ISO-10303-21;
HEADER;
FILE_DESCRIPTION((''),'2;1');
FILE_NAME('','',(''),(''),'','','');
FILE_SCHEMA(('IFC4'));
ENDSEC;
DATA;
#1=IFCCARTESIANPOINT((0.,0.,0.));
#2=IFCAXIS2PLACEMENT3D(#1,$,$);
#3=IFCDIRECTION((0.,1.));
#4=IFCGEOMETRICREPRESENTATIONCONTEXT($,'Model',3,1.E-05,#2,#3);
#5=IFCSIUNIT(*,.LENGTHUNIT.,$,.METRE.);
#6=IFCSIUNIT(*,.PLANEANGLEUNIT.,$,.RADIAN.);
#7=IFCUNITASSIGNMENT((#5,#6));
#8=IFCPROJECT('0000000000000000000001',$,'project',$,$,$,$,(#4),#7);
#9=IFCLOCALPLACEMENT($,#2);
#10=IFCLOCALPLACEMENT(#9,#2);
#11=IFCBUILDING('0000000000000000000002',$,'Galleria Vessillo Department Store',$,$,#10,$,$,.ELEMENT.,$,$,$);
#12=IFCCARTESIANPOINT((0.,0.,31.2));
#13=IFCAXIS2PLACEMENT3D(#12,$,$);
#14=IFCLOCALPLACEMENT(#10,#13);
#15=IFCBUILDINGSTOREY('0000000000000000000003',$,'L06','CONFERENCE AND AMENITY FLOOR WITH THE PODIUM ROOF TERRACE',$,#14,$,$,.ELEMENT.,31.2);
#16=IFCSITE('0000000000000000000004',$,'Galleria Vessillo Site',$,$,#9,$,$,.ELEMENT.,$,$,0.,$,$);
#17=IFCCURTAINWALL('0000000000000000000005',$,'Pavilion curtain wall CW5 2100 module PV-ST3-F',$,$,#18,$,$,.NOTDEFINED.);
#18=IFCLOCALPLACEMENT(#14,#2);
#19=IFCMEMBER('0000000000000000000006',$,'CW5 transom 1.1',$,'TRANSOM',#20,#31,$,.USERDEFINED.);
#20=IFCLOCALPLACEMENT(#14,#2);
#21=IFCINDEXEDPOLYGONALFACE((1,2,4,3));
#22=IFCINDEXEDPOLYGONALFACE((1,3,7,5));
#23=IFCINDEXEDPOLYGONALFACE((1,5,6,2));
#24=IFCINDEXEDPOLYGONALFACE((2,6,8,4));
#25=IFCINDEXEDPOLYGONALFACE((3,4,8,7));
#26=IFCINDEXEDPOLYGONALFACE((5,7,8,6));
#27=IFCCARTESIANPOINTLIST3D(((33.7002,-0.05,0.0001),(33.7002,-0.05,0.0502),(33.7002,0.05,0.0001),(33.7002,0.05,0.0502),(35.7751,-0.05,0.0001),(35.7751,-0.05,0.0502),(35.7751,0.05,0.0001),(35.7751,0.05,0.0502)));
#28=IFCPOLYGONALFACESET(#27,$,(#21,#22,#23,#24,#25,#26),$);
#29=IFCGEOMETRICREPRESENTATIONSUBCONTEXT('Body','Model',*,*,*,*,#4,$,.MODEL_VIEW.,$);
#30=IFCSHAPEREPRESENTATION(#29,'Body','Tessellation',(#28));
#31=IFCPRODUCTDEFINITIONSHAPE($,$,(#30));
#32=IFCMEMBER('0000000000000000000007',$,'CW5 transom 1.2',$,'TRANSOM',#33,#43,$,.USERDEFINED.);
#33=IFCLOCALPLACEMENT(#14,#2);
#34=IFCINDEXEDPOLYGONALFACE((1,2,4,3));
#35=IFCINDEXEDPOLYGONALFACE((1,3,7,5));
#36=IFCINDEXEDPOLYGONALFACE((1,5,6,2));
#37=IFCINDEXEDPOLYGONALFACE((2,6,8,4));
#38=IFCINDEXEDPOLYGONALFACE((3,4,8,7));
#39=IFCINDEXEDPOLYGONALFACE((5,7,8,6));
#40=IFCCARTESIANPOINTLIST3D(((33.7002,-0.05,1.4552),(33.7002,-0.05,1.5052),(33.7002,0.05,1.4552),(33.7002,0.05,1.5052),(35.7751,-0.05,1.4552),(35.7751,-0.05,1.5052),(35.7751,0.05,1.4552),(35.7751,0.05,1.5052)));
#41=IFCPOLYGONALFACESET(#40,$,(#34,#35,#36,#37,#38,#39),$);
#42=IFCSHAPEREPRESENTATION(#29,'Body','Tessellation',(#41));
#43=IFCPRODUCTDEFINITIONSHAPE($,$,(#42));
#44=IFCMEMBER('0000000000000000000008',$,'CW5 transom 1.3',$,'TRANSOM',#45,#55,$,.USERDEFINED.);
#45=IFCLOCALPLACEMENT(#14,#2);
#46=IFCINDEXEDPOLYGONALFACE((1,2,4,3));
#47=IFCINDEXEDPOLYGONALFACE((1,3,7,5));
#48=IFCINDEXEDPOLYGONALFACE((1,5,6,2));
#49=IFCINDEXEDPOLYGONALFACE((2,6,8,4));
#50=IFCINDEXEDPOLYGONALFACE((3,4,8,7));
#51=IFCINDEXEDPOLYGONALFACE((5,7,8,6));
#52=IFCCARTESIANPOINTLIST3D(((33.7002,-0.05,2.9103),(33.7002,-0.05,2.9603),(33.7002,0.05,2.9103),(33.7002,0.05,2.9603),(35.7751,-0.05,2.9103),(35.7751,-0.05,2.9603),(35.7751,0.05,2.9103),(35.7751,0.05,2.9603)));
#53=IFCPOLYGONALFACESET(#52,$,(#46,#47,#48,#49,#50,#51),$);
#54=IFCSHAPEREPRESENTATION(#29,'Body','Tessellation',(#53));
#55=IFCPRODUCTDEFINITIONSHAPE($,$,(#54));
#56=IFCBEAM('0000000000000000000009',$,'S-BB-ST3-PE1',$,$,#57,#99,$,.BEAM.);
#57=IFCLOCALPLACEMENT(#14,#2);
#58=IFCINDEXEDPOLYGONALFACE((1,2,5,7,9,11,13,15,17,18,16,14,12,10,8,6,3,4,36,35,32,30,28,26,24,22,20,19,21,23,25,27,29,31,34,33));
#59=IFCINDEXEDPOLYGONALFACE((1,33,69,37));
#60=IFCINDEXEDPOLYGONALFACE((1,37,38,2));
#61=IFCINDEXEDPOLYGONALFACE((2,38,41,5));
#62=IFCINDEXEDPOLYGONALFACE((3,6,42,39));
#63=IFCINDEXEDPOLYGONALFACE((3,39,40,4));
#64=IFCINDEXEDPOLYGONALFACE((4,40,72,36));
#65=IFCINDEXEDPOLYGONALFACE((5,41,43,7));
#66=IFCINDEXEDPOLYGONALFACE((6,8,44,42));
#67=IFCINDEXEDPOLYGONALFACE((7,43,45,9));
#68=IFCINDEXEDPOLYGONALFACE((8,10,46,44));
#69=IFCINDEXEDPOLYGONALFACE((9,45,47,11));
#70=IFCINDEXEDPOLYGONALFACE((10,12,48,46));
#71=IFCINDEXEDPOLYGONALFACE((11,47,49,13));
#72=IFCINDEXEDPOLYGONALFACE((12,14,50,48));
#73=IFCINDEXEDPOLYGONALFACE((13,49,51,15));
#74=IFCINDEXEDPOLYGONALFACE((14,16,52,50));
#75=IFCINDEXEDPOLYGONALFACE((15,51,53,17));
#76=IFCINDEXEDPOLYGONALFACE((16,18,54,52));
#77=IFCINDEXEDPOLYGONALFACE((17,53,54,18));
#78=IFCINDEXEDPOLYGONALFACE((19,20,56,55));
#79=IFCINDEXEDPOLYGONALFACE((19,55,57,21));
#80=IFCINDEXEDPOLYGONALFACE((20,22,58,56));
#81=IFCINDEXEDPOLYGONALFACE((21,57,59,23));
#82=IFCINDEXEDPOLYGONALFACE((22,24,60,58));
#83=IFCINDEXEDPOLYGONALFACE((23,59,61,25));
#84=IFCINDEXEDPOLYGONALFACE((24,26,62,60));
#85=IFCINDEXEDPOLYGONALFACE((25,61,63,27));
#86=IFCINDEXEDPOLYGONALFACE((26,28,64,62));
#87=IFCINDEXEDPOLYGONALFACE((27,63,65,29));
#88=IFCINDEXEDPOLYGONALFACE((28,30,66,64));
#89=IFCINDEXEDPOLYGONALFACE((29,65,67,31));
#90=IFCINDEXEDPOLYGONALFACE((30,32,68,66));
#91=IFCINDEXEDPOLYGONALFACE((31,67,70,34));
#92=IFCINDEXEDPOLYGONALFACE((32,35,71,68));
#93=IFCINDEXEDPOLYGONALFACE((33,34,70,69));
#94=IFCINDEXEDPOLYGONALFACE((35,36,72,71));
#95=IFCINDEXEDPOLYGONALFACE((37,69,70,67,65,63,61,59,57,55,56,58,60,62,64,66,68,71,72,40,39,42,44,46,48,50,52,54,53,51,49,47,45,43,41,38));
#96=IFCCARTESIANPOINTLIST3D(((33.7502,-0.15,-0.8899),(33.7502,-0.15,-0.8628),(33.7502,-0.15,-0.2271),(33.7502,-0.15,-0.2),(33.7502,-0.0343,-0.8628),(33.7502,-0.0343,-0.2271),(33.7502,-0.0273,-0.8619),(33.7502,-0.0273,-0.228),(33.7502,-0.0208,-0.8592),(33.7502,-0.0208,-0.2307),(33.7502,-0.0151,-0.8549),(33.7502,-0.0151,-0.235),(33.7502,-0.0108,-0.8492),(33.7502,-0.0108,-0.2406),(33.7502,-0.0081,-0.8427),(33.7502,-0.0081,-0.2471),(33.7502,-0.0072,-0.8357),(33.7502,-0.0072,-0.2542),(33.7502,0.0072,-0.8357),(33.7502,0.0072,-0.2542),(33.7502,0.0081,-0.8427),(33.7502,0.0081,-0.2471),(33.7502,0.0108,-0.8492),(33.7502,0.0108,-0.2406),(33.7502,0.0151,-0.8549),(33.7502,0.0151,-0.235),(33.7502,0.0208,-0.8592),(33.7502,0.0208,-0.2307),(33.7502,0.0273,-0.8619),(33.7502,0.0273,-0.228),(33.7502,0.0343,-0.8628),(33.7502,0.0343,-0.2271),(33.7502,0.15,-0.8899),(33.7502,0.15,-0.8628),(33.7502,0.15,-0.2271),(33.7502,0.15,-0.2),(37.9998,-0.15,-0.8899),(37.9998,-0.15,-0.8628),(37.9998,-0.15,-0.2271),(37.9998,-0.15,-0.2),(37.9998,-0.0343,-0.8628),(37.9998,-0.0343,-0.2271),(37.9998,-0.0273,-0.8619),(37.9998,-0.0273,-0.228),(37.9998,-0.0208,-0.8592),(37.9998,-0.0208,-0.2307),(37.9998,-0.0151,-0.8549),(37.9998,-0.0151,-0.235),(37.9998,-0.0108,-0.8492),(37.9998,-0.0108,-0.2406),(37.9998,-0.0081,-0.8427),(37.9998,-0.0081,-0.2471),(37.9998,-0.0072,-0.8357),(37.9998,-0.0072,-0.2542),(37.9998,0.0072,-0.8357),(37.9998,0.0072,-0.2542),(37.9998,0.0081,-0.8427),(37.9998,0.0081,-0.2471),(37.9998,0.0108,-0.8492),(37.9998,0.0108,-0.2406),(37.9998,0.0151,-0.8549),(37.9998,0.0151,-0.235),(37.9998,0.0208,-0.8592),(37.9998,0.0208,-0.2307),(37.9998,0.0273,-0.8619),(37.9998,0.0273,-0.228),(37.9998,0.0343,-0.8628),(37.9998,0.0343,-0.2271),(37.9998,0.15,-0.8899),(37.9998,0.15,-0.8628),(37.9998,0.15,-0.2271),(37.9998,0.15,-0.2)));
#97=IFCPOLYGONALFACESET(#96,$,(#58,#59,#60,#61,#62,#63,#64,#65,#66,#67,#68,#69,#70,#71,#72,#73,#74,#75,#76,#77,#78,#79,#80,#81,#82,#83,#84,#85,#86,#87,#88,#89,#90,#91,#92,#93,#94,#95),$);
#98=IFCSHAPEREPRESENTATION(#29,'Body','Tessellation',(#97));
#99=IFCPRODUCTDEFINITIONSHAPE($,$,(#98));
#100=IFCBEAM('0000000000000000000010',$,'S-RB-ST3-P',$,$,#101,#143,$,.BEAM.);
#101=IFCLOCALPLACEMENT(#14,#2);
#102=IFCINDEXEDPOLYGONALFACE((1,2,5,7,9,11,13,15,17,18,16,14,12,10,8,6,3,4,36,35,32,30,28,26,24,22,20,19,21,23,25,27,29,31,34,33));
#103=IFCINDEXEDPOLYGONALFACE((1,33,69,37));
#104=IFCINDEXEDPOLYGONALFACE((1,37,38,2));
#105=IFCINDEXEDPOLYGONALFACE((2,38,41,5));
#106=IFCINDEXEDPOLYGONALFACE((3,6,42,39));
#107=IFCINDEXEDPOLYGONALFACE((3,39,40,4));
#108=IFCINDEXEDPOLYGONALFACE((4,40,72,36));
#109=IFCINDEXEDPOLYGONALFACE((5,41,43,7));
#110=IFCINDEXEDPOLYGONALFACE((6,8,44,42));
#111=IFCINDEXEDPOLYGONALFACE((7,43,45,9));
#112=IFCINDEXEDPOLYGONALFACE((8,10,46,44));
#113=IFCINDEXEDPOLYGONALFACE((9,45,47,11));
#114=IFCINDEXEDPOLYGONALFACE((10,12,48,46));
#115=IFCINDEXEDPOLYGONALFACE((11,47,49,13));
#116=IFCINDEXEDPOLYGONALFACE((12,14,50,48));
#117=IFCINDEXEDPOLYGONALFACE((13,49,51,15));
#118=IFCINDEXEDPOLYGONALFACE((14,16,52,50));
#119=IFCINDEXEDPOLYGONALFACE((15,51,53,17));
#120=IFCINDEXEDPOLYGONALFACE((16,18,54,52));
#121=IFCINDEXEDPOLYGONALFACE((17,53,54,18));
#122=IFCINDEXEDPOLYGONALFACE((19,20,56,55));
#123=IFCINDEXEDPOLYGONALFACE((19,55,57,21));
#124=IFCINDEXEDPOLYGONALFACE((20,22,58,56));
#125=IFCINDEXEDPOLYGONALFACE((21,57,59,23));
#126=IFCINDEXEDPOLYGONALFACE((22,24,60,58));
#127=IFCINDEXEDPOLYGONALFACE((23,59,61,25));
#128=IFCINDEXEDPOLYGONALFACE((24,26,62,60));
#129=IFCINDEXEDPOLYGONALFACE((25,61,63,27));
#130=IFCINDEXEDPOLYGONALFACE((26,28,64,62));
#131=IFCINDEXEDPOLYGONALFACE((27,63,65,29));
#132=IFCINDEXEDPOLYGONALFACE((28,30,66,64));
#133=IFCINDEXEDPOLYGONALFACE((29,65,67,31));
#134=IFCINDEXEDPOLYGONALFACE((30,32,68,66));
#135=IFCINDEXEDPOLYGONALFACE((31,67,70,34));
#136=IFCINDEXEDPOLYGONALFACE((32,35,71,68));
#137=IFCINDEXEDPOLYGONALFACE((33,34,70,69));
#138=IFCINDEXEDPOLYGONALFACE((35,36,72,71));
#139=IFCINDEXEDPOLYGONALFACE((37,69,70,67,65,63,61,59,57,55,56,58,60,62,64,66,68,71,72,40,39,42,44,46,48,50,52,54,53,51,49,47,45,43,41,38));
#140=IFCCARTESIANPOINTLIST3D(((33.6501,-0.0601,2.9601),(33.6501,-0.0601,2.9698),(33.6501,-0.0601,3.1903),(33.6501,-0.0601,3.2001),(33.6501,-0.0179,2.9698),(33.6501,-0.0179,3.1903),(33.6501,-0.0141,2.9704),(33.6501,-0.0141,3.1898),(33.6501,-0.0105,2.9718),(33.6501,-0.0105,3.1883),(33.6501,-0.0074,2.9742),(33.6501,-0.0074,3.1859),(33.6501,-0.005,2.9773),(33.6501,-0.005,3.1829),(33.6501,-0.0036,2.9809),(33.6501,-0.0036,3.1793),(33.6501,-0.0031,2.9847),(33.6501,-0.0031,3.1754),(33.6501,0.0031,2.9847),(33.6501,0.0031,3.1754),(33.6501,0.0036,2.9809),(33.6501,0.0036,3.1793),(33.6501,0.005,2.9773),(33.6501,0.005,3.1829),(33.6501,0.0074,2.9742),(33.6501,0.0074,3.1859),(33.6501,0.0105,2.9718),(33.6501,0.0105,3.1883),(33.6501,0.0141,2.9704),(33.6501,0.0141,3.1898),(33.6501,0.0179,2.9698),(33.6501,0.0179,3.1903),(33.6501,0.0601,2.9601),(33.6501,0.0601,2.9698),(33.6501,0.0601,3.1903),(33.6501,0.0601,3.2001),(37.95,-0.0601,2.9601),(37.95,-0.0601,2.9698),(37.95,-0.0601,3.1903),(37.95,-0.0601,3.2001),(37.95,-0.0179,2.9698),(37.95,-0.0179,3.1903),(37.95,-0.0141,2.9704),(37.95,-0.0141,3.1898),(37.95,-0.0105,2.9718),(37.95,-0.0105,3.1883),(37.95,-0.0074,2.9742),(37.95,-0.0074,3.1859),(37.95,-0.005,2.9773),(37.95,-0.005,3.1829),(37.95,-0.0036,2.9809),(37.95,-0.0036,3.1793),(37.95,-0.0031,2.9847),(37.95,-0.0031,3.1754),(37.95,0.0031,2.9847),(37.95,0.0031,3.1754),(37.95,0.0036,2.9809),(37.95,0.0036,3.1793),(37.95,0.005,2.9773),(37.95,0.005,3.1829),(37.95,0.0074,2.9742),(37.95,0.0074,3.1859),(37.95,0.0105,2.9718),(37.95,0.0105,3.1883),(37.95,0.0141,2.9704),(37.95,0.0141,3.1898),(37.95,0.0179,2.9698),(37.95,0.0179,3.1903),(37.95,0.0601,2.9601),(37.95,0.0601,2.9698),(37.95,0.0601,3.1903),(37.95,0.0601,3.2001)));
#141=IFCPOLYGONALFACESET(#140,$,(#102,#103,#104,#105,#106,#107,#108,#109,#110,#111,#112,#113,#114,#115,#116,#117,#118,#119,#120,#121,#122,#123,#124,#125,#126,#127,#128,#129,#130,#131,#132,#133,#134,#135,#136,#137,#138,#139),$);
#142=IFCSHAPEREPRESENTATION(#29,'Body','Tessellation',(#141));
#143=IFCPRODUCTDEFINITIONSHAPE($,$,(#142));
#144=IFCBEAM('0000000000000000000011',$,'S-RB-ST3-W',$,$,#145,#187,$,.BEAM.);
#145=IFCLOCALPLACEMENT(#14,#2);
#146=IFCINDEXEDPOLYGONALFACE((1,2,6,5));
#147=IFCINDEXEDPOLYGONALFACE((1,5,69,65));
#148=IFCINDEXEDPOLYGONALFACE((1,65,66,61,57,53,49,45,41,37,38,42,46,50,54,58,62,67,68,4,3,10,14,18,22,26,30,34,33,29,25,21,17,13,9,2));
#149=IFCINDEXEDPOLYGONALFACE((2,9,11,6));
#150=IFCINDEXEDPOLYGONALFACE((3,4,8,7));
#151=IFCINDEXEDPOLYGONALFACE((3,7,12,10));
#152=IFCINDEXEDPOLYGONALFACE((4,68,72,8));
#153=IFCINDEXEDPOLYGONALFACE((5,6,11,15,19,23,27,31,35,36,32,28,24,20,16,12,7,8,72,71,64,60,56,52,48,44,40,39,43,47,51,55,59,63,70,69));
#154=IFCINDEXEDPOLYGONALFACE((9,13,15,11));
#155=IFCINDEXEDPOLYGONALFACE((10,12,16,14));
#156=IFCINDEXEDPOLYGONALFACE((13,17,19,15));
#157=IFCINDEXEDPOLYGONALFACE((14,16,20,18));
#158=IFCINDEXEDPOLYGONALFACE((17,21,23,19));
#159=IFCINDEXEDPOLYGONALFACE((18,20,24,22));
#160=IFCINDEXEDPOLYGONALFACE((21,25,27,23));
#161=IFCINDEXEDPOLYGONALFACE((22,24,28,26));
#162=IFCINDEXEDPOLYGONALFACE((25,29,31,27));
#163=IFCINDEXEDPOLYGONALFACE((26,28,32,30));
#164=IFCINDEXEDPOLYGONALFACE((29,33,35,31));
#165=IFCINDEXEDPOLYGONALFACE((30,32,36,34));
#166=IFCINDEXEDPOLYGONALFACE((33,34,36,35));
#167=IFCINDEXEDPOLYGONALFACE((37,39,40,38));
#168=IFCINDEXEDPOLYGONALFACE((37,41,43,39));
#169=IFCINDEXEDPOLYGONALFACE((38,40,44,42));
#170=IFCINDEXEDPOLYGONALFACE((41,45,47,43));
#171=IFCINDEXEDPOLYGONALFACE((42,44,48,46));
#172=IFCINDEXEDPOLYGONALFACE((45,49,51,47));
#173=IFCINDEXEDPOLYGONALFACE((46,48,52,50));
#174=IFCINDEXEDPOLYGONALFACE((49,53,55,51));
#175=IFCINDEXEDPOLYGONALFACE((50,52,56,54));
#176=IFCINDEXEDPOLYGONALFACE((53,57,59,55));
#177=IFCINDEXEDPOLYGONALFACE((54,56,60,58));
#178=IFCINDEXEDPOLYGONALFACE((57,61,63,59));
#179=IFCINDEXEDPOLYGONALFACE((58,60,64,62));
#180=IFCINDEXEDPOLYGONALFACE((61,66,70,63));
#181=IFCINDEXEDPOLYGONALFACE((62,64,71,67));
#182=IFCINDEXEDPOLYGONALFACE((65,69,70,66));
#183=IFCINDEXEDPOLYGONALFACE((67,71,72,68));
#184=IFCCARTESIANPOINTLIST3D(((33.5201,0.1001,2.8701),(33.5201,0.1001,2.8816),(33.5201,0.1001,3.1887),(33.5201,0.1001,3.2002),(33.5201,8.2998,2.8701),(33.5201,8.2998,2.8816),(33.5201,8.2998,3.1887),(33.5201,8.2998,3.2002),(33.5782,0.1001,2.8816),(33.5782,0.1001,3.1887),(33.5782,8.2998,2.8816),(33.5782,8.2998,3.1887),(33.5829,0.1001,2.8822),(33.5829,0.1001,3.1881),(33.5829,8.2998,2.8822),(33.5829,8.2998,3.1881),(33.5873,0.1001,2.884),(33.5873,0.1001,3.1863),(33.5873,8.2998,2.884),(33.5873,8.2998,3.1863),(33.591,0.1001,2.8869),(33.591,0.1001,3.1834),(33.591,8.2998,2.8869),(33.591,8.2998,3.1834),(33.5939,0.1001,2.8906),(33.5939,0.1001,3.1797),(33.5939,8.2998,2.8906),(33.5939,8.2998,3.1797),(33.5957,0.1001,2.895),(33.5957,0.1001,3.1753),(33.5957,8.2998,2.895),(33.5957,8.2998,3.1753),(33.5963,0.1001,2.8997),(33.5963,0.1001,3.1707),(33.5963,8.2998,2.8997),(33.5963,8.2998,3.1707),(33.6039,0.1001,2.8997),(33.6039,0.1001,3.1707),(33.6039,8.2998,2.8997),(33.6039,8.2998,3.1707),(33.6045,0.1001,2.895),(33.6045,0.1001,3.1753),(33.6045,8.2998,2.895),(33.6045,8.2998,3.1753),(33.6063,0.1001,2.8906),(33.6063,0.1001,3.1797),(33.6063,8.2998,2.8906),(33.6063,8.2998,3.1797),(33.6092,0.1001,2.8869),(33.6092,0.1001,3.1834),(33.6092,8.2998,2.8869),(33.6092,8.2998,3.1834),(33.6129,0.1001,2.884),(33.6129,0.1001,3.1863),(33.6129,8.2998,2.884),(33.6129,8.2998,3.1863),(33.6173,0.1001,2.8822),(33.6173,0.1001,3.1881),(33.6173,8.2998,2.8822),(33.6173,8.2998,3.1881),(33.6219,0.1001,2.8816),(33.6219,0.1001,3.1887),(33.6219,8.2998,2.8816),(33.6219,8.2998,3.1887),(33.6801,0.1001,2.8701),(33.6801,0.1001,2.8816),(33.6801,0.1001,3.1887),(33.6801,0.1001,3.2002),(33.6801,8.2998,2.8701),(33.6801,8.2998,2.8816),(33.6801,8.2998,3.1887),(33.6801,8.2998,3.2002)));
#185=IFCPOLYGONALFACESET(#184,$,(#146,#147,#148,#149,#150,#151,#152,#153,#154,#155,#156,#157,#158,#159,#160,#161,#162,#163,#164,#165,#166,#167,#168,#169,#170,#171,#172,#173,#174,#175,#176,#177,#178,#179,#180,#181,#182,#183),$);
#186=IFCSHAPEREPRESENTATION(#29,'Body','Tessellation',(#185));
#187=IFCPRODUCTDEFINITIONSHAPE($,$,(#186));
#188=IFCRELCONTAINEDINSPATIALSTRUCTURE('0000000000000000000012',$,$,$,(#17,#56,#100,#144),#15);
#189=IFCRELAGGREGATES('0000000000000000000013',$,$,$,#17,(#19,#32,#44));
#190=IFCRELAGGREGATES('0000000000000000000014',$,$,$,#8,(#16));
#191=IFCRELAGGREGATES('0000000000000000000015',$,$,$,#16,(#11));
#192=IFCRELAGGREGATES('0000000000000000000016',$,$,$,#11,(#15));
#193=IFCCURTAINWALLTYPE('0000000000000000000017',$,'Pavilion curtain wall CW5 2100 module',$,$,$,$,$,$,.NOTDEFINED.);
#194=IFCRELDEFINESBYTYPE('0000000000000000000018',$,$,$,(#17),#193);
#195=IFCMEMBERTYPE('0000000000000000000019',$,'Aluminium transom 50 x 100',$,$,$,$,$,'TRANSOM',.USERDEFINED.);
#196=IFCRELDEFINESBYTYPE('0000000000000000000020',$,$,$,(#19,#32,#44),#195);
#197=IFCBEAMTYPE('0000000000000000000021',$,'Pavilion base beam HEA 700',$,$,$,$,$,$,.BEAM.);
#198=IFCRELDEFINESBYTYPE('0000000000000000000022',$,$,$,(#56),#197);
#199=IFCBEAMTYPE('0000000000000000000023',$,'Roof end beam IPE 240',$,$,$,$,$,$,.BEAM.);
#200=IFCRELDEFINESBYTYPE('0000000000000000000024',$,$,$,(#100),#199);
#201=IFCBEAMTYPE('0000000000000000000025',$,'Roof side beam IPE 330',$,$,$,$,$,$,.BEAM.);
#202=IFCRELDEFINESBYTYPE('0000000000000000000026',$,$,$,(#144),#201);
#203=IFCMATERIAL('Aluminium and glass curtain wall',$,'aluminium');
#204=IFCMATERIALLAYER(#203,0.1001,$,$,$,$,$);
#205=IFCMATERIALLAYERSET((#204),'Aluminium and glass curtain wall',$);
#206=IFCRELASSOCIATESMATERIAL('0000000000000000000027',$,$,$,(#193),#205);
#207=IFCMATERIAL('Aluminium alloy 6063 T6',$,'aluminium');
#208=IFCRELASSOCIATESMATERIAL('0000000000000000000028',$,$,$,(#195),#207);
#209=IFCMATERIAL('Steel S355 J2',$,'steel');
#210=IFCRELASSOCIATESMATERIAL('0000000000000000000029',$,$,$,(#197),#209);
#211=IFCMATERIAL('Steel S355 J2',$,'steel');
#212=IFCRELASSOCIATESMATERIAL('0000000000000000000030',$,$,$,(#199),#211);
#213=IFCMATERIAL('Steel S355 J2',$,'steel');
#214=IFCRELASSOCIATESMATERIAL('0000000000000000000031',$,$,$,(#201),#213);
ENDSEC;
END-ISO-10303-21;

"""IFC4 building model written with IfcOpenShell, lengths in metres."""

from ifc_helpers import new_model, si_unit, direction, frame, origin, origin_2d, place, context, subcontext, project, spatial, rectangle, i_section, extrude, material, layer, layer_set, material_profile, profile_set, type_object, element, aggregate, save


model = new_model("IFC4")

# Units and contexts
model_context = context("Model", 3, precision=1e-05, world=origin(), true_north=direction((0.0, 1.0)))
body_context = subcontext(model_context, "Body", "Model", "MODEL_VIEW")
ifc_project = project(units=[si_unit("LENGTHUNIT", "METRE"), si_unit("PLANEANGLEUNIT", "RADIAN")], contexts=[model_context])

# Site, building, storey
site_placement = place(None, origin())
site = spatial("IfcSite", under=ifc_project, at=site_placement, Name="Galleria Vessillo Site", CompositionType="ELEMENT", RefElevation=0.0)
building_placement = place(site_placement, origin())
building = spatial("IfcBuilding", under=site, at=building_placement, Name="Galleria Vessillo Department Store", CompositionType="ELEMENT")
storey_placement = place(building_placement, frame((0.0, 0.0, 31.2)))
storey = spatial("IfcBuildingStorey", under=building, at=storey_placement, Name="L06", Description="CONFERENCE AND AMENITY FLOOR WITH THE PODIUM ROOF TERRACE", CompositionType="ELEMENT", Elevation=31.2)

# Shared definitions
ifc_material_1 = material(Name="Aluminium and glass curtain wall", Category="aluminium")
ifc_layer_1 = layer(ifc_material_1, 0.1001)
ifc_layer_set_1 = layer_set([ifc_layer_1], Name="Aluminium and glass curtain wall")
curtain_wall_type = type_object("IfcCurtainWallType", Name="Pavilion curtain wall CW5 2100 module", PredefinedType="NOTDEFINED", material=ifc_layer_set_1)

# Curtain wall
curtain_wall_1_placement = place(storey_placement, origin())
curtain_wall_1 = element("IfcCurtainWall", 1, at=curtain_wall_1_placement, inside=storey, type_object=curtain_wall_type, Name="Pavilion curtain wall CW5 2100 module PV-ST3-F", PredefinedType="NOTDEFINED")

# Members
ifc_material_2 = material(Name="Aluminium alloy 6063 T6", Category="aluminium")
ifc_material_profile_1 = material_profile(ifc_material_2, rectangle(XDim=0.1001, YDim=0.05, at=origin_2d()), Name="AL 50x100")
ifc_profile_set_1 = profile_set([ifc_material_profile_1], Name="Aluminium alloy 6063 T6")
member_type_1 = type_object("IfcMemberType", Name="Aluminium transom 50 x 100", ElementType="TRANSOM", PredefinedType="USERDEFINED", material=ifc_profile_set_1)
member_1_placement = place(storey_placement, frame((33.7002, 0.0, 0.0251), z_axis=(1.0, 0.0, 0.0), x_axis=(0.0, 1.0, 0.0)))
member_1 = element("IfcMember", 2, at=member_1_placement, type_object=member_type_1, Name="CW5 transom 1.1", ObjectType="TRANSOM", PredefinedType="USERDEFINED", context=body_context, shape_type="SweptSolid", body=[
    extrude(rectangle(XDim=0.1001, YDim=0.05, at=origin_2d()), origin(), (0.0, 0.0, 1.0), 2.075),
])
member_2_placement = place(storey_placement, frame((33.7002, 0.0, 1.4802), z_axis=(1.0, 0.0, 0.0), x_axis=(0.0, 1.0, 0.0)))
member_2 = element("IfcMember", 3, at=member_2_placement, type_object=member_type_1, Name="CW5 transom 1.2", ObjectType="TRANSOM", PredefinedType="USERDEFINED", context=body_context, shape_type="SweptSolid", body=[
    extrude(rectangle(XDim=0.1001, YDim=0.05, at=origin_2d()), origin(), (0.0, 0.0, 1.0), 2.075),
])
member_3_placement = place(storey_placement, frame((33.7002, 0.0, 2.9353), z_axis=(1.0, 0.0, 0.0), x_axis=(0.0, 1.0, 0.0)))
member_3 = element("IfcMember", 4, at=member_3_placement, type_object=member_type_1, Name="CW5 transom 1.3", ObjectType="TRANSOM", PredefinedType="USERDEFINED", context=body_context, shape_type="SweptSolid", body=[
    extrude(rectangle(XDim=0.1001, YDim=0.05, at=origin_2d()), origin(), (0.0, 0.0, 1.0), 2.075),
])

# Beams
ifc_material_3 = material(Name="Steel S355 J2", Category="steel")
ifc_material_profile_2 = material_profile(ifc_material_3, i_section(OverallWidth=0.3, OverallDepth=0.6899, WebThickness=0.0144, FlangeThickness=0.0271, FilletRadius=0.0271, at=origin_2d()), Name="HEA 700")
ifc_profile_set_2 = profile_set([ifc_material_profile_2], Name="Steel S355 J2")
beam_type_1 = type_object("IfcBeamType", Name="Pavilion base beam HEA 700", PredefinedType="BEAM", material=ifc_profile_set_2)
beam_1_placement = place(storey_placement, frame((33.7502, 0.0, -0.5449), z_axis=(1.0, 0.0, 0.0), x_axis=(0.0, 1.0, 0.0)))
element("IfcBeam", 5, at=beam_1_placement, inside=storey, type_object=beam_type_1, Name="S-BB-ST3-PE1", PredefinedType="BEAM", context=body_context, shape_type="SweptSolid", body=[
    extrude(i_section(OverallWidth=0.3, OverallDepth=0.6899, WebThickness=0.0144, FlangeThickness=0.0271, FilletRadius=0.0271, at=origin_2d()), origin(), (0.0, 0.0, 1.0), 4.2495),
])
ifc_material_4 = material(Name="Steel S355 J2", Category="steel")
ifc_material_profile_3 = material_profile(ifc_material_4, i_section(OverallWidth=0.1201, OverallDepth=0.24, WebThickness=0.0061, FlangeThickness=0.0098, FilletRadius=0.0149, at=origin_2d()), Name="IPE 240")
ifc_profile_set_3 = profile_set([ifc_material_profile_3], Name="Steel S355 J2")
beam_type_2 = type_object("IfcBeamType", Name="Roof end beam IPE 240", PredefinedType="BEAM", material=ifc_profile_set_3)
beam_2_placement = place(storey_placement, frame((33.6501, 0.0, 3.0801), z_axis=(1.0, 0.0, 0.0), x_axis=(0.0, 1.0, 0.0)))
element("IfcBeam", 6, at=beam_2_placement, inside=storey, type_object=beam_type_2, Name="S-RB-ST3-P", PredefinedType="BEAM", context=body_context, shape_type="SweptSolid", body=[
    extrude(i_section(OverallWidth=0.1201, OverallDepth=0.24, WebThickness=0.0061, FlangeThickness=0.0098, FilletRadius=0.0149, at=origin_2d()), origin(), (0.0, 0.0, 1.0), 4.2998),
])
ifc_material_5 = material(Name="Steel S355 J2", Category="steel")
ifc_material_profile_4 = material_profile(ifc_material_5, i_section(OverallWidth=0.1599, OverallDepth=0.3301, WebThickness=0.0076, FlangeThickness=0.0115, FilletRadius=0.0181, at=origin_2d()), Name="IPE 330")
ifc_profile_set_4 = profile_set([ifc_material_profile_4], Name="Steel S355 J2")
beam_type_3 = type_object("IfcBeamType", Name="Roof side beam IPE 330", PredefinedType="BEAM", material=ifc_profile_set_4)
beam_3_placement = place(storey_placement, frame((33.6001, 0.1001, 3.0352), z_axis=(0.0, 1.0, 0.0), x_axis=(-1.0, 0.0, 0.0)))
element("IfcBeam", 7, at=beam_3_placement, inside=storey, type_object=beam_type_3, Name="S-RB-ST3-W", PredefinedType="BEAM", context=body_context, shape_type="SweptSolid", body=[
    extrude(i_section(OverallWidth=0.1599, OverallDepth=0.3301, WebThickness=0.0076, FlangeThickness=0.0115, FilletRadius=0.0181, at=origin_2d()), origin(), (0.0, 0.0, 1.0), 8.1997),
])

aggregate(curtain_wall_1, [member_1, member_2, member_3])

save(model, "model.ifc")
